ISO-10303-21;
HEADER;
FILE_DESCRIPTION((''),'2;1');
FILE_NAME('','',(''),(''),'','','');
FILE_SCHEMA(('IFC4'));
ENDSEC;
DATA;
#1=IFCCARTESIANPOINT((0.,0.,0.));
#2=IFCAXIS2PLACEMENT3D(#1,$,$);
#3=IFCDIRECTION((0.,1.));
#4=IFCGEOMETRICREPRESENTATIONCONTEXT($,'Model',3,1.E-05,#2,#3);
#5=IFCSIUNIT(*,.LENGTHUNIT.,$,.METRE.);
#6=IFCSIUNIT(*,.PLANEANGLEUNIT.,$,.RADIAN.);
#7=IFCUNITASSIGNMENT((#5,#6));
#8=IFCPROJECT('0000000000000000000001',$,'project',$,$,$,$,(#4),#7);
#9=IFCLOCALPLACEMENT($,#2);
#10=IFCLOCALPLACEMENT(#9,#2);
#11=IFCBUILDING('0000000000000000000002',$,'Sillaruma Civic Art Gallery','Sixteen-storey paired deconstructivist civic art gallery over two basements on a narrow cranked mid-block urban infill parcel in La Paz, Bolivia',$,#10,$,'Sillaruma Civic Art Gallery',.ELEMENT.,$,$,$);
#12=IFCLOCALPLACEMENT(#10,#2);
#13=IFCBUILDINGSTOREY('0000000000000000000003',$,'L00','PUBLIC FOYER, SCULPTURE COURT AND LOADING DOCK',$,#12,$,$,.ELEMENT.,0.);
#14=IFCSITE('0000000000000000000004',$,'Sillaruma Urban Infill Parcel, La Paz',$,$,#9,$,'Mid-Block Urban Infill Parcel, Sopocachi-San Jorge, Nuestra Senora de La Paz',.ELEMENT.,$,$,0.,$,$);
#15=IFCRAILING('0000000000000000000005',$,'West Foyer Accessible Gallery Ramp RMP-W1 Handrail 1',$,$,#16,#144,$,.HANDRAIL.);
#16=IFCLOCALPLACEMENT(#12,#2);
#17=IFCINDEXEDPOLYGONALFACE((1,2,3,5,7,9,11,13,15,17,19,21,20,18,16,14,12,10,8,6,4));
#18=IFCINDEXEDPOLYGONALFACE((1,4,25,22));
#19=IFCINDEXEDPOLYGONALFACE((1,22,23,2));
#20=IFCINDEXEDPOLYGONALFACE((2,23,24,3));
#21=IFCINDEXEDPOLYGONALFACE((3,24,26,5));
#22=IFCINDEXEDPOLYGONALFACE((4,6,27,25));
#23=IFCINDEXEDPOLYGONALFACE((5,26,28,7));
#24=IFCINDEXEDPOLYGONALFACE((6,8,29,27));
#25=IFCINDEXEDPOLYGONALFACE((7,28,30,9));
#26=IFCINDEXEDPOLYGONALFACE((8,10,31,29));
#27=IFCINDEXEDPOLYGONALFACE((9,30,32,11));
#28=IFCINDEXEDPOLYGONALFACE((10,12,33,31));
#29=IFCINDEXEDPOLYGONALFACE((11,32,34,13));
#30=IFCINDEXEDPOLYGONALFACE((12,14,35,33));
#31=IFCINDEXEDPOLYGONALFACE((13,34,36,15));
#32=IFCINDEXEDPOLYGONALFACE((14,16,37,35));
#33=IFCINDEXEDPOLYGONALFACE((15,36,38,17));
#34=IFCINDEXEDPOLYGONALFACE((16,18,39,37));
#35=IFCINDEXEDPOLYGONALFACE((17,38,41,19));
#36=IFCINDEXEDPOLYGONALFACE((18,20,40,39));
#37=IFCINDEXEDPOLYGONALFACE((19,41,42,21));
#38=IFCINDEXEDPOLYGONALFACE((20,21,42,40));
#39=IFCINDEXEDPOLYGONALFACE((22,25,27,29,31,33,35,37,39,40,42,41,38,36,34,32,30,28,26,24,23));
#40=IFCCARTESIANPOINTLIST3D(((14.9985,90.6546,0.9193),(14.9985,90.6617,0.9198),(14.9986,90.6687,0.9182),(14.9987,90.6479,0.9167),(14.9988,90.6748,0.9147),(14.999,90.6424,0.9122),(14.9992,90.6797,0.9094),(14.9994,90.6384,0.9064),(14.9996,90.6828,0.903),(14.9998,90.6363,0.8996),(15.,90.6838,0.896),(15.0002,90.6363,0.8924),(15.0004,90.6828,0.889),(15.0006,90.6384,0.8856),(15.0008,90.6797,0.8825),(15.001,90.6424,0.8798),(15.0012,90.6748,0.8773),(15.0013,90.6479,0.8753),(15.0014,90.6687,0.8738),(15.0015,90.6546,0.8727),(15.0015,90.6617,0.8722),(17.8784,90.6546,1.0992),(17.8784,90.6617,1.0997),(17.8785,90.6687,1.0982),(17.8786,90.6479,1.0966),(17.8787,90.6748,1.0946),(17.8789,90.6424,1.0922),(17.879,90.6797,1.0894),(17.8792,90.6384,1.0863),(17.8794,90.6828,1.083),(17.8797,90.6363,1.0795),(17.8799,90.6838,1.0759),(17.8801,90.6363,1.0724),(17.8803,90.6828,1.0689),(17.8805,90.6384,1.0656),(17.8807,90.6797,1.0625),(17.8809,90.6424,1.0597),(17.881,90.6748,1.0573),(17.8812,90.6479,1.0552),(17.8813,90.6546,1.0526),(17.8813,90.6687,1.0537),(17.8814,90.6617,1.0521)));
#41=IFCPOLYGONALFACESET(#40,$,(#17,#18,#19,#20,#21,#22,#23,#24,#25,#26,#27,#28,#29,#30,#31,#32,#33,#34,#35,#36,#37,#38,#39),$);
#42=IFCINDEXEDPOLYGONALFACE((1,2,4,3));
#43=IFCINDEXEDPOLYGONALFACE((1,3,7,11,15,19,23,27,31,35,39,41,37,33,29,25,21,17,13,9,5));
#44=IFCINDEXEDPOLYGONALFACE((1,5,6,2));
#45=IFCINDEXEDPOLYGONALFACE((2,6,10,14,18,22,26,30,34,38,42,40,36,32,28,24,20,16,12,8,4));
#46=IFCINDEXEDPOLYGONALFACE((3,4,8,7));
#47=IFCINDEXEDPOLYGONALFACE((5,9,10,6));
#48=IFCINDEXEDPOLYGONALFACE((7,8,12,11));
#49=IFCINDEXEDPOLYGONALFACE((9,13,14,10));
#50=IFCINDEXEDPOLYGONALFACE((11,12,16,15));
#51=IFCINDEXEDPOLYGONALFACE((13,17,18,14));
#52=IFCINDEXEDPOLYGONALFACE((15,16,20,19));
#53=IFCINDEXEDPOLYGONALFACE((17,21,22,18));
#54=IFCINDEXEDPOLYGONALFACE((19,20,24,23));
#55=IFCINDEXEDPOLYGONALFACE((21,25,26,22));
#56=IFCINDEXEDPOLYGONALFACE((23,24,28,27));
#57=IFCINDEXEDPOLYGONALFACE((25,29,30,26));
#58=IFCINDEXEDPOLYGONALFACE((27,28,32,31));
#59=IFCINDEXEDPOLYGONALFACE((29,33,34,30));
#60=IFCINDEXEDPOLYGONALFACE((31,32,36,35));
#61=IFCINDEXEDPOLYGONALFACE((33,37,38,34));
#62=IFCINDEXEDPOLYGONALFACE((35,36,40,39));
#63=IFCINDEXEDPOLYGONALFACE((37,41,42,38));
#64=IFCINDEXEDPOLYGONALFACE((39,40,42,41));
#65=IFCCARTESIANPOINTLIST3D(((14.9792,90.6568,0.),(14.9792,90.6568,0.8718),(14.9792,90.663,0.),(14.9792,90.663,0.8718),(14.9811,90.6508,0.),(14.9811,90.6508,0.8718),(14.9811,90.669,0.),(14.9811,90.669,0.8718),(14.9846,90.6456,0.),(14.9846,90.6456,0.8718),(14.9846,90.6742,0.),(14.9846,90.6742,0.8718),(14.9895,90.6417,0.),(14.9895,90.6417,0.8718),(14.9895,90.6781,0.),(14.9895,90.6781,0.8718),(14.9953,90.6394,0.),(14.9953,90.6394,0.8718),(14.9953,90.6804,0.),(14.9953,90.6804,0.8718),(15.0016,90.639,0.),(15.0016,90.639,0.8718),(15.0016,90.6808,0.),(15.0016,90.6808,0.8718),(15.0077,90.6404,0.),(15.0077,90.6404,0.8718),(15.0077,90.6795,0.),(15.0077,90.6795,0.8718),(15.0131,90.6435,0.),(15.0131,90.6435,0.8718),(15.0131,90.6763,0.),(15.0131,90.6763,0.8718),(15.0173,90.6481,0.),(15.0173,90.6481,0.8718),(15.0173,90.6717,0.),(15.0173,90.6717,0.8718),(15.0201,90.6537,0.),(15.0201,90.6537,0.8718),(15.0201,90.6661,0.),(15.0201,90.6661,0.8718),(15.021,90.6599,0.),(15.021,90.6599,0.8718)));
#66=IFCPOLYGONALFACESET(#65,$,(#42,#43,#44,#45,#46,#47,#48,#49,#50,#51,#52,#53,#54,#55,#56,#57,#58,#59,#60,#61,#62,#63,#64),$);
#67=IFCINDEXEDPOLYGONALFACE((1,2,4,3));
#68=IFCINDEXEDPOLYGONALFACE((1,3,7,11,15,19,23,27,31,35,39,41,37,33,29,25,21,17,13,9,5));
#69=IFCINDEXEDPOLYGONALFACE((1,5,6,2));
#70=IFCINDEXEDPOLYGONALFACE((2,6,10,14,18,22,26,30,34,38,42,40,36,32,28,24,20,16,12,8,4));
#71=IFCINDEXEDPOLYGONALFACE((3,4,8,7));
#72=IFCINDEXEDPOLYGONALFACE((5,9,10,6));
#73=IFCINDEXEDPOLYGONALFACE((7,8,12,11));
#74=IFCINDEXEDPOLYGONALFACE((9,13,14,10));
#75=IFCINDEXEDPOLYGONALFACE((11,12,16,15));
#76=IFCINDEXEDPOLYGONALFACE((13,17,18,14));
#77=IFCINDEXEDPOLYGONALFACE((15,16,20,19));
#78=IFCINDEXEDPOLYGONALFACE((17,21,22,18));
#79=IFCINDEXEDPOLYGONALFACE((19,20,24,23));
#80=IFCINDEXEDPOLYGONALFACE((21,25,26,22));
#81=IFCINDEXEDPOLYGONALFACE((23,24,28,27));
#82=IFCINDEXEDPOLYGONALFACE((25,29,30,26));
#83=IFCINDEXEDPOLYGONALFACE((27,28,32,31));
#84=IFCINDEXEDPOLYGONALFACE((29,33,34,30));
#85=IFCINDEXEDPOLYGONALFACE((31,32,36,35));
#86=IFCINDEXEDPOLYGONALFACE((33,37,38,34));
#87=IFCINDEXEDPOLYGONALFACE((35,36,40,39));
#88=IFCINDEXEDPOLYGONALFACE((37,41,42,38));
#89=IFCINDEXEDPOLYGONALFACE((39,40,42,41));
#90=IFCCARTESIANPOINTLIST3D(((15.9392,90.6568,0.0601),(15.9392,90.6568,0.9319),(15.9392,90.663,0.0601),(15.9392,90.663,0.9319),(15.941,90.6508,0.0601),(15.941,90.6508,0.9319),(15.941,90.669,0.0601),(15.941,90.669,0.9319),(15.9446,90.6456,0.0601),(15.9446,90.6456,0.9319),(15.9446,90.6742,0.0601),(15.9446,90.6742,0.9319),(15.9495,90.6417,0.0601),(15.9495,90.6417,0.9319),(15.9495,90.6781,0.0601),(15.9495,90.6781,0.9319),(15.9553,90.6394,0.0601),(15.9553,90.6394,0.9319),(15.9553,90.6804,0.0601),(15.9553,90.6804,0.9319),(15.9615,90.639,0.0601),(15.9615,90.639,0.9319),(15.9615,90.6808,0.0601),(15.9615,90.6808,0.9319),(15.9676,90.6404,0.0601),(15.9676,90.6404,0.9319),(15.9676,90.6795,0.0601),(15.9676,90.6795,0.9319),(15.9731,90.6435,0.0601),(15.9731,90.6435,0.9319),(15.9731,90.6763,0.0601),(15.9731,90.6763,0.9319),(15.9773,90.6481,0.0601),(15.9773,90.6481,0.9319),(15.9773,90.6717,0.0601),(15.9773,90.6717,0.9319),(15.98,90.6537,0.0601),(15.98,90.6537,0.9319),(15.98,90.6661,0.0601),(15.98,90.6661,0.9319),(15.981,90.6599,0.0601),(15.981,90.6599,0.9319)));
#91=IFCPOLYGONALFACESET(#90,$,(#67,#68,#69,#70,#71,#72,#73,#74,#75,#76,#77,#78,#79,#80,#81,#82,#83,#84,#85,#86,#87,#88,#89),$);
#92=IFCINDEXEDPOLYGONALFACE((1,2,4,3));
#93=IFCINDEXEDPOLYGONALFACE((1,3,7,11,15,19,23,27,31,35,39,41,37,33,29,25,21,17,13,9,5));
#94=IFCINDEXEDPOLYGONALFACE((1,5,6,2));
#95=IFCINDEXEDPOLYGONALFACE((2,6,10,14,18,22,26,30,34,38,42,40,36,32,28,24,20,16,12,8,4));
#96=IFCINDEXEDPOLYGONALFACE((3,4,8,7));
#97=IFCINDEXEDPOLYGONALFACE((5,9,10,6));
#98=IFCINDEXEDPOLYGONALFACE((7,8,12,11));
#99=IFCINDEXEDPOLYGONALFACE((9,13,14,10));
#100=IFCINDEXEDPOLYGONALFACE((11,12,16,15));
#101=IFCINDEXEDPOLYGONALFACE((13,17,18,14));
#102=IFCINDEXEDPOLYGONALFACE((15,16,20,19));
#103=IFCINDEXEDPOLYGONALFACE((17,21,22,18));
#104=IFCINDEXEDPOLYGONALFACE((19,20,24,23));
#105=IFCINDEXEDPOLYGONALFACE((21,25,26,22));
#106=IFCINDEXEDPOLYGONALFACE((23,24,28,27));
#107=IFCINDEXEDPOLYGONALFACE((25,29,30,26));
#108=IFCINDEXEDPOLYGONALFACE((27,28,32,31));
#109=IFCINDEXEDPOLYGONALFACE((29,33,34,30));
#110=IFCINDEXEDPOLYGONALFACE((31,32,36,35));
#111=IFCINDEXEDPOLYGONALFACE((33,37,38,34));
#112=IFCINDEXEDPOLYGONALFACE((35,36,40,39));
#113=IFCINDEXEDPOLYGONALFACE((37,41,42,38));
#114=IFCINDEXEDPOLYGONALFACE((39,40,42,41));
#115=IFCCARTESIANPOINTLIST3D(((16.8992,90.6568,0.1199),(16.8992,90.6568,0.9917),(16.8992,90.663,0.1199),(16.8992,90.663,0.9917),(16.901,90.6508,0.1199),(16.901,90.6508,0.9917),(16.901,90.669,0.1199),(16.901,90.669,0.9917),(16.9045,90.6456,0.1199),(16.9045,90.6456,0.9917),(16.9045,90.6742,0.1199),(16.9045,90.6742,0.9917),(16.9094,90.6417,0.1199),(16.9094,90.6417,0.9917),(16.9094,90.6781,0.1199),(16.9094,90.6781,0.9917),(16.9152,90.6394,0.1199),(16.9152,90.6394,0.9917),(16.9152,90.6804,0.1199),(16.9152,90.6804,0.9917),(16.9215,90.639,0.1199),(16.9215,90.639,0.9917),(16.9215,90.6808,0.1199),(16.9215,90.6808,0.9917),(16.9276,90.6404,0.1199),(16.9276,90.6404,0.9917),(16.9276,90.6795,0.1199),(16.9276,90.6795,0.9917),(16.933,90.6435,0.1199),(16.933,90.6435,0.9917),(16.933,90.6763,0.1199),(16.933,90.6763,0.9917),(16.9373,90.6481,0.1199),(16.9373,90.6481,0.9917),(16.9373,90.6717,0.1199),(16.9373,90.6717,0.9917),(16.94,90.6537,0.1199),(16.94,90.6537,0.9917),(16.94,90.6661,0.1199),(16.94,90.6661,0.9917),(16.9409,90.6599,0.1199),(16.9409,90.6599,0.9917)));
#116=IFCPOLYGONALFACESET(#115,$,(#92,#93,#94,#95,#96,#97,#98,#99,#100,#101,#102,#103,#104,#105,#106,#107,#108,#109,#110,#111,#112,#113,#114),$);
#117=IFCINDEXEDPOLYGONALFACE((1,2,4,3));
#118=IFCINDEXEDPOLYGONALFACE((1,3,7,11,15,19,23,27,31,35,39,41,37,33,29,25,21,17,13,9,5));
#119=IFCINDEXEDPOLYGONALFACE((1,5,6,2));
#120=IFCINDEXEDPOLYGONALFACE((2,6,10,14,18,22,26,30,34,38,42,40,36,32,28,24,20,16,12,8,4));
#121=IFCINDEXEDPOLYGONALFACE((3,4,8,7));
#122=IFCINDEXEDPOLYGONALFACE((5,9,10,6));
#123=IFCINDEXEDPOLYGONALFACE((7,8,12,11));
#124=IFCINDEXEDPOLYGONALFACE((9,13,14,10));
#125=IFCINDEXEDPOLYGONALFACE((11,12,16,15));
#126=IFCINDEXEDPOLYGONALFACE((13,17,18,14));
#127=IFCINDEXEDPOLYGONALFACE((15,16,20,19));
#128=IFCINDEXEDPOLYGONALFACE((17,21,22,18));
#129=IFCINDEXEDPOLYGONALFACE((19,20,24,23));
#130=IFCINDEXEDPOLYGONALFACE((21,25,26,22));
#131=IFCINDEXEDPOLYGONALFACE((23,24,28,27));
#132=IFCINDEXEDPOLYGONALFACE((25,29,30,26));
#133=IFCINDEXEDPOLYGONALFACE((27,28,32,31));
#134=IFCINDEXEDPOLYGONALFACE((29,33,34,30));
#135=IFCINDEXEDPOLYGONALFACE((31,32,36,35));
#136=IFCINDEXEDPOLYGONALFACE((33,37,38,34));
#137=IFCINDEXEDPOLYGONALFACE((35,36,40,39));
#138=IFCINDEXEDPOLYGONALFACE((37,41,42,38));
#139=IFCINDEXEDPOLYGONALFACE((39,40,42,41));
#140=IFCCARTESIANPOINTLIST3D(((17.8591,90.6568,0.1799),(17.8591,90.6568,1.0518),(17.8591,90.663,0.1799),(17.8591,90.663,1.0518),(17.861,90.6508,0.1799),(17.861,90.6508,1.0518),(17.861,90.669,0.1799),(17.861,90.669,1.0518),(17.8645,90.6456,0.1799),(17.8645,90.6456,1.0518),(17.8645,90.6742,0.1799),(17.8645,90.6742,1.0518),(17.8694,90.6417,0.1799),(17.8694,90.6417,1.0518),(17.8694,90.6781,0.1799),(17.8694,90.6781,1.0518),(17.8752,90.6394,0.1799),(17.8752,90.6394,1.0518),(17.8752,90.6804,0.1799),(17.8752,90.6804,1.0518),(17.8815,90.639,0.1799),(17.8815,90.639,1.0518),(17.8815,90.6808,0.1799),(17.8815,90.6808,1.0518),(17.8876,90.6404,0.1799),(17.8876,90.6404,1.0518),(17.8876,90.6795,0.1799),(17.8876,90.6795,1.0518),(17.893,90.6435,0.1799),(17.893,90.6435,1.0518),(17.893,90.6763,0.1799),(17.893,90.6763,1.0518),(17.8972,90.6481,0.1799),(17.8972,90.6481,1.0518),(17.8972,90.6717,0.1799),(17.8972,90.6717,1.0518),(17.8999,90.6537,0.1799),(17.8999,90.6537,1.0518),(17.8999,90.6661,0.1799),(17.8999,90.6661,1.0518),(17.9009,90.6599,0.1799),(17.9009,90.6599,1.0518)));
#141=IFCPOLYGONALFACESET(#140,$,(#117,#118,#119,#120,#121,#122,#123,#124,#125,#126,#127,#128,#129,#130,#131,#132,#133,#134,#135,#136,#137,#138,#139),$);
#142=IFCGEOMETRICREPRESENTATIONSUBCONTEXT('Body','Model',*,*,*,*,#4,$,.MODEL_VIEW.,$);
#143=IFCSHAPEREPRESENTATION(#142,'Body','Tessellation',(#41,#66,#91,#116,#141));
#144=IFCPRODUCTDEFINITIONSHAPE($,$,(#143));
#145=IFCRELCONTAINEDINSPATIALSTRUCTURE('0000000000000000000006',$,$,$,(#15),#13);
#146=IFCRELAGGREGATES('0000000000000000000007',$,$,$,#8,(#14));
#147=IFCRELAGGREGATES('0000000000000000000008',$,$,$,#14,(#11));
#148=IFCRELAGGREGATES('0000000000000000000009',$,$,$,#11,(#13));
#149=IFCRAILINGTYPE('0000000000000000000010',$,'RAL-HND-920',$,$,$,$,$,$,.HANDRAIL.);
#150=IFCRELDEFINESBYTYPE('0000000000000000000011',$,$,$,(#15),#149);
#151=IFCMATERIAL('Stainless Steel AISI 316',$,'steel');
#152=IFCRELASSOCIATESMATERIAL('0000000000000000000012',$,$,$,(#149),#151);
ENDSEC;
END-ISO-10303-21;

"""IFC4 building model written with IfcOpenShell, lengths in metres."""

from ifc_helpers import new_model, si_unit, direction, frame, origin, origin_2d, place, context, subcontext, project, spatial, circle, extrude, material, type_object, element, save


model = new_model("IFC4")

# Units and contexts
model_context = context("Model", 3, precision=1e-05, world=origin(), true_north=direction((0.0, 1.0)))
body_context = subcontext(model_context, "Body", "Model", "MODEL_VIEW")
ifc_project = project(units=[si_unit("LENGTHUNIT", "METRE"), si_unit("PLANEANGLEUNIT", "RADIAN")], contexts=[model_context])

# Site, building, storey
site_placement = place(None, origin())
site = spatial("IfcSite", under=ifc_project, at=site_placement, Name="Sillaruma Urban Infill Parcel, La Paz", LongName="Mid-Block Urban Infill Parcel, Sopocachi-San Jorge, Nuestra Senora de La Paz", CompositionType="ELEMENT", RefElevation=0.0)
building_placement = place(site_placement, origin())
building = spatial("IfcBuilding", under=site, at=building_placement, Name="Sillaruma Civic Art Gallery", Description="Sixteen-storey paired deconstructivist civic art gallery over two basements on a narrow cranked mid-block urban infill parcel in La Paz, Bolivia", LongName="Sillaruma Civic Art Gallery", CompositionType="ELEMENT")
storey_placement = place(building_placement, origin())
storey = spatial("IfcBuildingStorey", under=building, at=storey_placement, Name="L00", Description="PUBLIC FOYER, SCULPTURE COURT AND LOADING DOCK", CompositionType="ELEMENT", Elevation=0.0)

# Railing
ifc_material_1 = material(Name="Stainless Steel AISI 316", Category="steel")
railing_type = type_object("IfcRailingType", Name="RAL-HND-920", PredefinedType="HANDRAIL", material=ifc_material_1)
for number, where, name in (
    (1, (15.0, 90.6599, 0.0), "West Foyer Accessible Gallery Ramp RMP-W1 Handrail 1"),
):
    element("IfcRailing", number, at=place(storey_placement, frame(where)), inside=storey, type_object=railing_type, Name=name, PredefinedType="HANDRAIL", context=body_context, shape_type="SweptSolid", body=[
        extrude(circle(Radius=0.0239, at=origin_2d()), frame((0.0, 0.0, 0.896), z_axis=(0.998054, 0.0, 0.062357), x_axis=(0.0, 1.0, 0.0)), (0.0, 0.0, 1.0), 2.8855),
        extrude(circle(Radius=0.021, at=origin_2d()), origin(), (0.0, 0.0, 1.0), 0.8718),
        extrude(circle(Radius=0.021, at=origin_2d()), frame((0.96, 0.0, 0.0601)), (0.0, 0.0, 1.0), 0.8718),
        extrude(circle(Radius=0.021, at=origin_2d()), frame((1.9199, 0.0, 0.1199)), (0.0, 0.0, 1.0), 0.8718),
        extrude(circle(Radius=0.021, at=origin_2d()), frame((2.8799, 0.0, 0.1799)), (0.0, 0.0, 1.0), 0.8718),
    ])

save(model, "model.ifc")
